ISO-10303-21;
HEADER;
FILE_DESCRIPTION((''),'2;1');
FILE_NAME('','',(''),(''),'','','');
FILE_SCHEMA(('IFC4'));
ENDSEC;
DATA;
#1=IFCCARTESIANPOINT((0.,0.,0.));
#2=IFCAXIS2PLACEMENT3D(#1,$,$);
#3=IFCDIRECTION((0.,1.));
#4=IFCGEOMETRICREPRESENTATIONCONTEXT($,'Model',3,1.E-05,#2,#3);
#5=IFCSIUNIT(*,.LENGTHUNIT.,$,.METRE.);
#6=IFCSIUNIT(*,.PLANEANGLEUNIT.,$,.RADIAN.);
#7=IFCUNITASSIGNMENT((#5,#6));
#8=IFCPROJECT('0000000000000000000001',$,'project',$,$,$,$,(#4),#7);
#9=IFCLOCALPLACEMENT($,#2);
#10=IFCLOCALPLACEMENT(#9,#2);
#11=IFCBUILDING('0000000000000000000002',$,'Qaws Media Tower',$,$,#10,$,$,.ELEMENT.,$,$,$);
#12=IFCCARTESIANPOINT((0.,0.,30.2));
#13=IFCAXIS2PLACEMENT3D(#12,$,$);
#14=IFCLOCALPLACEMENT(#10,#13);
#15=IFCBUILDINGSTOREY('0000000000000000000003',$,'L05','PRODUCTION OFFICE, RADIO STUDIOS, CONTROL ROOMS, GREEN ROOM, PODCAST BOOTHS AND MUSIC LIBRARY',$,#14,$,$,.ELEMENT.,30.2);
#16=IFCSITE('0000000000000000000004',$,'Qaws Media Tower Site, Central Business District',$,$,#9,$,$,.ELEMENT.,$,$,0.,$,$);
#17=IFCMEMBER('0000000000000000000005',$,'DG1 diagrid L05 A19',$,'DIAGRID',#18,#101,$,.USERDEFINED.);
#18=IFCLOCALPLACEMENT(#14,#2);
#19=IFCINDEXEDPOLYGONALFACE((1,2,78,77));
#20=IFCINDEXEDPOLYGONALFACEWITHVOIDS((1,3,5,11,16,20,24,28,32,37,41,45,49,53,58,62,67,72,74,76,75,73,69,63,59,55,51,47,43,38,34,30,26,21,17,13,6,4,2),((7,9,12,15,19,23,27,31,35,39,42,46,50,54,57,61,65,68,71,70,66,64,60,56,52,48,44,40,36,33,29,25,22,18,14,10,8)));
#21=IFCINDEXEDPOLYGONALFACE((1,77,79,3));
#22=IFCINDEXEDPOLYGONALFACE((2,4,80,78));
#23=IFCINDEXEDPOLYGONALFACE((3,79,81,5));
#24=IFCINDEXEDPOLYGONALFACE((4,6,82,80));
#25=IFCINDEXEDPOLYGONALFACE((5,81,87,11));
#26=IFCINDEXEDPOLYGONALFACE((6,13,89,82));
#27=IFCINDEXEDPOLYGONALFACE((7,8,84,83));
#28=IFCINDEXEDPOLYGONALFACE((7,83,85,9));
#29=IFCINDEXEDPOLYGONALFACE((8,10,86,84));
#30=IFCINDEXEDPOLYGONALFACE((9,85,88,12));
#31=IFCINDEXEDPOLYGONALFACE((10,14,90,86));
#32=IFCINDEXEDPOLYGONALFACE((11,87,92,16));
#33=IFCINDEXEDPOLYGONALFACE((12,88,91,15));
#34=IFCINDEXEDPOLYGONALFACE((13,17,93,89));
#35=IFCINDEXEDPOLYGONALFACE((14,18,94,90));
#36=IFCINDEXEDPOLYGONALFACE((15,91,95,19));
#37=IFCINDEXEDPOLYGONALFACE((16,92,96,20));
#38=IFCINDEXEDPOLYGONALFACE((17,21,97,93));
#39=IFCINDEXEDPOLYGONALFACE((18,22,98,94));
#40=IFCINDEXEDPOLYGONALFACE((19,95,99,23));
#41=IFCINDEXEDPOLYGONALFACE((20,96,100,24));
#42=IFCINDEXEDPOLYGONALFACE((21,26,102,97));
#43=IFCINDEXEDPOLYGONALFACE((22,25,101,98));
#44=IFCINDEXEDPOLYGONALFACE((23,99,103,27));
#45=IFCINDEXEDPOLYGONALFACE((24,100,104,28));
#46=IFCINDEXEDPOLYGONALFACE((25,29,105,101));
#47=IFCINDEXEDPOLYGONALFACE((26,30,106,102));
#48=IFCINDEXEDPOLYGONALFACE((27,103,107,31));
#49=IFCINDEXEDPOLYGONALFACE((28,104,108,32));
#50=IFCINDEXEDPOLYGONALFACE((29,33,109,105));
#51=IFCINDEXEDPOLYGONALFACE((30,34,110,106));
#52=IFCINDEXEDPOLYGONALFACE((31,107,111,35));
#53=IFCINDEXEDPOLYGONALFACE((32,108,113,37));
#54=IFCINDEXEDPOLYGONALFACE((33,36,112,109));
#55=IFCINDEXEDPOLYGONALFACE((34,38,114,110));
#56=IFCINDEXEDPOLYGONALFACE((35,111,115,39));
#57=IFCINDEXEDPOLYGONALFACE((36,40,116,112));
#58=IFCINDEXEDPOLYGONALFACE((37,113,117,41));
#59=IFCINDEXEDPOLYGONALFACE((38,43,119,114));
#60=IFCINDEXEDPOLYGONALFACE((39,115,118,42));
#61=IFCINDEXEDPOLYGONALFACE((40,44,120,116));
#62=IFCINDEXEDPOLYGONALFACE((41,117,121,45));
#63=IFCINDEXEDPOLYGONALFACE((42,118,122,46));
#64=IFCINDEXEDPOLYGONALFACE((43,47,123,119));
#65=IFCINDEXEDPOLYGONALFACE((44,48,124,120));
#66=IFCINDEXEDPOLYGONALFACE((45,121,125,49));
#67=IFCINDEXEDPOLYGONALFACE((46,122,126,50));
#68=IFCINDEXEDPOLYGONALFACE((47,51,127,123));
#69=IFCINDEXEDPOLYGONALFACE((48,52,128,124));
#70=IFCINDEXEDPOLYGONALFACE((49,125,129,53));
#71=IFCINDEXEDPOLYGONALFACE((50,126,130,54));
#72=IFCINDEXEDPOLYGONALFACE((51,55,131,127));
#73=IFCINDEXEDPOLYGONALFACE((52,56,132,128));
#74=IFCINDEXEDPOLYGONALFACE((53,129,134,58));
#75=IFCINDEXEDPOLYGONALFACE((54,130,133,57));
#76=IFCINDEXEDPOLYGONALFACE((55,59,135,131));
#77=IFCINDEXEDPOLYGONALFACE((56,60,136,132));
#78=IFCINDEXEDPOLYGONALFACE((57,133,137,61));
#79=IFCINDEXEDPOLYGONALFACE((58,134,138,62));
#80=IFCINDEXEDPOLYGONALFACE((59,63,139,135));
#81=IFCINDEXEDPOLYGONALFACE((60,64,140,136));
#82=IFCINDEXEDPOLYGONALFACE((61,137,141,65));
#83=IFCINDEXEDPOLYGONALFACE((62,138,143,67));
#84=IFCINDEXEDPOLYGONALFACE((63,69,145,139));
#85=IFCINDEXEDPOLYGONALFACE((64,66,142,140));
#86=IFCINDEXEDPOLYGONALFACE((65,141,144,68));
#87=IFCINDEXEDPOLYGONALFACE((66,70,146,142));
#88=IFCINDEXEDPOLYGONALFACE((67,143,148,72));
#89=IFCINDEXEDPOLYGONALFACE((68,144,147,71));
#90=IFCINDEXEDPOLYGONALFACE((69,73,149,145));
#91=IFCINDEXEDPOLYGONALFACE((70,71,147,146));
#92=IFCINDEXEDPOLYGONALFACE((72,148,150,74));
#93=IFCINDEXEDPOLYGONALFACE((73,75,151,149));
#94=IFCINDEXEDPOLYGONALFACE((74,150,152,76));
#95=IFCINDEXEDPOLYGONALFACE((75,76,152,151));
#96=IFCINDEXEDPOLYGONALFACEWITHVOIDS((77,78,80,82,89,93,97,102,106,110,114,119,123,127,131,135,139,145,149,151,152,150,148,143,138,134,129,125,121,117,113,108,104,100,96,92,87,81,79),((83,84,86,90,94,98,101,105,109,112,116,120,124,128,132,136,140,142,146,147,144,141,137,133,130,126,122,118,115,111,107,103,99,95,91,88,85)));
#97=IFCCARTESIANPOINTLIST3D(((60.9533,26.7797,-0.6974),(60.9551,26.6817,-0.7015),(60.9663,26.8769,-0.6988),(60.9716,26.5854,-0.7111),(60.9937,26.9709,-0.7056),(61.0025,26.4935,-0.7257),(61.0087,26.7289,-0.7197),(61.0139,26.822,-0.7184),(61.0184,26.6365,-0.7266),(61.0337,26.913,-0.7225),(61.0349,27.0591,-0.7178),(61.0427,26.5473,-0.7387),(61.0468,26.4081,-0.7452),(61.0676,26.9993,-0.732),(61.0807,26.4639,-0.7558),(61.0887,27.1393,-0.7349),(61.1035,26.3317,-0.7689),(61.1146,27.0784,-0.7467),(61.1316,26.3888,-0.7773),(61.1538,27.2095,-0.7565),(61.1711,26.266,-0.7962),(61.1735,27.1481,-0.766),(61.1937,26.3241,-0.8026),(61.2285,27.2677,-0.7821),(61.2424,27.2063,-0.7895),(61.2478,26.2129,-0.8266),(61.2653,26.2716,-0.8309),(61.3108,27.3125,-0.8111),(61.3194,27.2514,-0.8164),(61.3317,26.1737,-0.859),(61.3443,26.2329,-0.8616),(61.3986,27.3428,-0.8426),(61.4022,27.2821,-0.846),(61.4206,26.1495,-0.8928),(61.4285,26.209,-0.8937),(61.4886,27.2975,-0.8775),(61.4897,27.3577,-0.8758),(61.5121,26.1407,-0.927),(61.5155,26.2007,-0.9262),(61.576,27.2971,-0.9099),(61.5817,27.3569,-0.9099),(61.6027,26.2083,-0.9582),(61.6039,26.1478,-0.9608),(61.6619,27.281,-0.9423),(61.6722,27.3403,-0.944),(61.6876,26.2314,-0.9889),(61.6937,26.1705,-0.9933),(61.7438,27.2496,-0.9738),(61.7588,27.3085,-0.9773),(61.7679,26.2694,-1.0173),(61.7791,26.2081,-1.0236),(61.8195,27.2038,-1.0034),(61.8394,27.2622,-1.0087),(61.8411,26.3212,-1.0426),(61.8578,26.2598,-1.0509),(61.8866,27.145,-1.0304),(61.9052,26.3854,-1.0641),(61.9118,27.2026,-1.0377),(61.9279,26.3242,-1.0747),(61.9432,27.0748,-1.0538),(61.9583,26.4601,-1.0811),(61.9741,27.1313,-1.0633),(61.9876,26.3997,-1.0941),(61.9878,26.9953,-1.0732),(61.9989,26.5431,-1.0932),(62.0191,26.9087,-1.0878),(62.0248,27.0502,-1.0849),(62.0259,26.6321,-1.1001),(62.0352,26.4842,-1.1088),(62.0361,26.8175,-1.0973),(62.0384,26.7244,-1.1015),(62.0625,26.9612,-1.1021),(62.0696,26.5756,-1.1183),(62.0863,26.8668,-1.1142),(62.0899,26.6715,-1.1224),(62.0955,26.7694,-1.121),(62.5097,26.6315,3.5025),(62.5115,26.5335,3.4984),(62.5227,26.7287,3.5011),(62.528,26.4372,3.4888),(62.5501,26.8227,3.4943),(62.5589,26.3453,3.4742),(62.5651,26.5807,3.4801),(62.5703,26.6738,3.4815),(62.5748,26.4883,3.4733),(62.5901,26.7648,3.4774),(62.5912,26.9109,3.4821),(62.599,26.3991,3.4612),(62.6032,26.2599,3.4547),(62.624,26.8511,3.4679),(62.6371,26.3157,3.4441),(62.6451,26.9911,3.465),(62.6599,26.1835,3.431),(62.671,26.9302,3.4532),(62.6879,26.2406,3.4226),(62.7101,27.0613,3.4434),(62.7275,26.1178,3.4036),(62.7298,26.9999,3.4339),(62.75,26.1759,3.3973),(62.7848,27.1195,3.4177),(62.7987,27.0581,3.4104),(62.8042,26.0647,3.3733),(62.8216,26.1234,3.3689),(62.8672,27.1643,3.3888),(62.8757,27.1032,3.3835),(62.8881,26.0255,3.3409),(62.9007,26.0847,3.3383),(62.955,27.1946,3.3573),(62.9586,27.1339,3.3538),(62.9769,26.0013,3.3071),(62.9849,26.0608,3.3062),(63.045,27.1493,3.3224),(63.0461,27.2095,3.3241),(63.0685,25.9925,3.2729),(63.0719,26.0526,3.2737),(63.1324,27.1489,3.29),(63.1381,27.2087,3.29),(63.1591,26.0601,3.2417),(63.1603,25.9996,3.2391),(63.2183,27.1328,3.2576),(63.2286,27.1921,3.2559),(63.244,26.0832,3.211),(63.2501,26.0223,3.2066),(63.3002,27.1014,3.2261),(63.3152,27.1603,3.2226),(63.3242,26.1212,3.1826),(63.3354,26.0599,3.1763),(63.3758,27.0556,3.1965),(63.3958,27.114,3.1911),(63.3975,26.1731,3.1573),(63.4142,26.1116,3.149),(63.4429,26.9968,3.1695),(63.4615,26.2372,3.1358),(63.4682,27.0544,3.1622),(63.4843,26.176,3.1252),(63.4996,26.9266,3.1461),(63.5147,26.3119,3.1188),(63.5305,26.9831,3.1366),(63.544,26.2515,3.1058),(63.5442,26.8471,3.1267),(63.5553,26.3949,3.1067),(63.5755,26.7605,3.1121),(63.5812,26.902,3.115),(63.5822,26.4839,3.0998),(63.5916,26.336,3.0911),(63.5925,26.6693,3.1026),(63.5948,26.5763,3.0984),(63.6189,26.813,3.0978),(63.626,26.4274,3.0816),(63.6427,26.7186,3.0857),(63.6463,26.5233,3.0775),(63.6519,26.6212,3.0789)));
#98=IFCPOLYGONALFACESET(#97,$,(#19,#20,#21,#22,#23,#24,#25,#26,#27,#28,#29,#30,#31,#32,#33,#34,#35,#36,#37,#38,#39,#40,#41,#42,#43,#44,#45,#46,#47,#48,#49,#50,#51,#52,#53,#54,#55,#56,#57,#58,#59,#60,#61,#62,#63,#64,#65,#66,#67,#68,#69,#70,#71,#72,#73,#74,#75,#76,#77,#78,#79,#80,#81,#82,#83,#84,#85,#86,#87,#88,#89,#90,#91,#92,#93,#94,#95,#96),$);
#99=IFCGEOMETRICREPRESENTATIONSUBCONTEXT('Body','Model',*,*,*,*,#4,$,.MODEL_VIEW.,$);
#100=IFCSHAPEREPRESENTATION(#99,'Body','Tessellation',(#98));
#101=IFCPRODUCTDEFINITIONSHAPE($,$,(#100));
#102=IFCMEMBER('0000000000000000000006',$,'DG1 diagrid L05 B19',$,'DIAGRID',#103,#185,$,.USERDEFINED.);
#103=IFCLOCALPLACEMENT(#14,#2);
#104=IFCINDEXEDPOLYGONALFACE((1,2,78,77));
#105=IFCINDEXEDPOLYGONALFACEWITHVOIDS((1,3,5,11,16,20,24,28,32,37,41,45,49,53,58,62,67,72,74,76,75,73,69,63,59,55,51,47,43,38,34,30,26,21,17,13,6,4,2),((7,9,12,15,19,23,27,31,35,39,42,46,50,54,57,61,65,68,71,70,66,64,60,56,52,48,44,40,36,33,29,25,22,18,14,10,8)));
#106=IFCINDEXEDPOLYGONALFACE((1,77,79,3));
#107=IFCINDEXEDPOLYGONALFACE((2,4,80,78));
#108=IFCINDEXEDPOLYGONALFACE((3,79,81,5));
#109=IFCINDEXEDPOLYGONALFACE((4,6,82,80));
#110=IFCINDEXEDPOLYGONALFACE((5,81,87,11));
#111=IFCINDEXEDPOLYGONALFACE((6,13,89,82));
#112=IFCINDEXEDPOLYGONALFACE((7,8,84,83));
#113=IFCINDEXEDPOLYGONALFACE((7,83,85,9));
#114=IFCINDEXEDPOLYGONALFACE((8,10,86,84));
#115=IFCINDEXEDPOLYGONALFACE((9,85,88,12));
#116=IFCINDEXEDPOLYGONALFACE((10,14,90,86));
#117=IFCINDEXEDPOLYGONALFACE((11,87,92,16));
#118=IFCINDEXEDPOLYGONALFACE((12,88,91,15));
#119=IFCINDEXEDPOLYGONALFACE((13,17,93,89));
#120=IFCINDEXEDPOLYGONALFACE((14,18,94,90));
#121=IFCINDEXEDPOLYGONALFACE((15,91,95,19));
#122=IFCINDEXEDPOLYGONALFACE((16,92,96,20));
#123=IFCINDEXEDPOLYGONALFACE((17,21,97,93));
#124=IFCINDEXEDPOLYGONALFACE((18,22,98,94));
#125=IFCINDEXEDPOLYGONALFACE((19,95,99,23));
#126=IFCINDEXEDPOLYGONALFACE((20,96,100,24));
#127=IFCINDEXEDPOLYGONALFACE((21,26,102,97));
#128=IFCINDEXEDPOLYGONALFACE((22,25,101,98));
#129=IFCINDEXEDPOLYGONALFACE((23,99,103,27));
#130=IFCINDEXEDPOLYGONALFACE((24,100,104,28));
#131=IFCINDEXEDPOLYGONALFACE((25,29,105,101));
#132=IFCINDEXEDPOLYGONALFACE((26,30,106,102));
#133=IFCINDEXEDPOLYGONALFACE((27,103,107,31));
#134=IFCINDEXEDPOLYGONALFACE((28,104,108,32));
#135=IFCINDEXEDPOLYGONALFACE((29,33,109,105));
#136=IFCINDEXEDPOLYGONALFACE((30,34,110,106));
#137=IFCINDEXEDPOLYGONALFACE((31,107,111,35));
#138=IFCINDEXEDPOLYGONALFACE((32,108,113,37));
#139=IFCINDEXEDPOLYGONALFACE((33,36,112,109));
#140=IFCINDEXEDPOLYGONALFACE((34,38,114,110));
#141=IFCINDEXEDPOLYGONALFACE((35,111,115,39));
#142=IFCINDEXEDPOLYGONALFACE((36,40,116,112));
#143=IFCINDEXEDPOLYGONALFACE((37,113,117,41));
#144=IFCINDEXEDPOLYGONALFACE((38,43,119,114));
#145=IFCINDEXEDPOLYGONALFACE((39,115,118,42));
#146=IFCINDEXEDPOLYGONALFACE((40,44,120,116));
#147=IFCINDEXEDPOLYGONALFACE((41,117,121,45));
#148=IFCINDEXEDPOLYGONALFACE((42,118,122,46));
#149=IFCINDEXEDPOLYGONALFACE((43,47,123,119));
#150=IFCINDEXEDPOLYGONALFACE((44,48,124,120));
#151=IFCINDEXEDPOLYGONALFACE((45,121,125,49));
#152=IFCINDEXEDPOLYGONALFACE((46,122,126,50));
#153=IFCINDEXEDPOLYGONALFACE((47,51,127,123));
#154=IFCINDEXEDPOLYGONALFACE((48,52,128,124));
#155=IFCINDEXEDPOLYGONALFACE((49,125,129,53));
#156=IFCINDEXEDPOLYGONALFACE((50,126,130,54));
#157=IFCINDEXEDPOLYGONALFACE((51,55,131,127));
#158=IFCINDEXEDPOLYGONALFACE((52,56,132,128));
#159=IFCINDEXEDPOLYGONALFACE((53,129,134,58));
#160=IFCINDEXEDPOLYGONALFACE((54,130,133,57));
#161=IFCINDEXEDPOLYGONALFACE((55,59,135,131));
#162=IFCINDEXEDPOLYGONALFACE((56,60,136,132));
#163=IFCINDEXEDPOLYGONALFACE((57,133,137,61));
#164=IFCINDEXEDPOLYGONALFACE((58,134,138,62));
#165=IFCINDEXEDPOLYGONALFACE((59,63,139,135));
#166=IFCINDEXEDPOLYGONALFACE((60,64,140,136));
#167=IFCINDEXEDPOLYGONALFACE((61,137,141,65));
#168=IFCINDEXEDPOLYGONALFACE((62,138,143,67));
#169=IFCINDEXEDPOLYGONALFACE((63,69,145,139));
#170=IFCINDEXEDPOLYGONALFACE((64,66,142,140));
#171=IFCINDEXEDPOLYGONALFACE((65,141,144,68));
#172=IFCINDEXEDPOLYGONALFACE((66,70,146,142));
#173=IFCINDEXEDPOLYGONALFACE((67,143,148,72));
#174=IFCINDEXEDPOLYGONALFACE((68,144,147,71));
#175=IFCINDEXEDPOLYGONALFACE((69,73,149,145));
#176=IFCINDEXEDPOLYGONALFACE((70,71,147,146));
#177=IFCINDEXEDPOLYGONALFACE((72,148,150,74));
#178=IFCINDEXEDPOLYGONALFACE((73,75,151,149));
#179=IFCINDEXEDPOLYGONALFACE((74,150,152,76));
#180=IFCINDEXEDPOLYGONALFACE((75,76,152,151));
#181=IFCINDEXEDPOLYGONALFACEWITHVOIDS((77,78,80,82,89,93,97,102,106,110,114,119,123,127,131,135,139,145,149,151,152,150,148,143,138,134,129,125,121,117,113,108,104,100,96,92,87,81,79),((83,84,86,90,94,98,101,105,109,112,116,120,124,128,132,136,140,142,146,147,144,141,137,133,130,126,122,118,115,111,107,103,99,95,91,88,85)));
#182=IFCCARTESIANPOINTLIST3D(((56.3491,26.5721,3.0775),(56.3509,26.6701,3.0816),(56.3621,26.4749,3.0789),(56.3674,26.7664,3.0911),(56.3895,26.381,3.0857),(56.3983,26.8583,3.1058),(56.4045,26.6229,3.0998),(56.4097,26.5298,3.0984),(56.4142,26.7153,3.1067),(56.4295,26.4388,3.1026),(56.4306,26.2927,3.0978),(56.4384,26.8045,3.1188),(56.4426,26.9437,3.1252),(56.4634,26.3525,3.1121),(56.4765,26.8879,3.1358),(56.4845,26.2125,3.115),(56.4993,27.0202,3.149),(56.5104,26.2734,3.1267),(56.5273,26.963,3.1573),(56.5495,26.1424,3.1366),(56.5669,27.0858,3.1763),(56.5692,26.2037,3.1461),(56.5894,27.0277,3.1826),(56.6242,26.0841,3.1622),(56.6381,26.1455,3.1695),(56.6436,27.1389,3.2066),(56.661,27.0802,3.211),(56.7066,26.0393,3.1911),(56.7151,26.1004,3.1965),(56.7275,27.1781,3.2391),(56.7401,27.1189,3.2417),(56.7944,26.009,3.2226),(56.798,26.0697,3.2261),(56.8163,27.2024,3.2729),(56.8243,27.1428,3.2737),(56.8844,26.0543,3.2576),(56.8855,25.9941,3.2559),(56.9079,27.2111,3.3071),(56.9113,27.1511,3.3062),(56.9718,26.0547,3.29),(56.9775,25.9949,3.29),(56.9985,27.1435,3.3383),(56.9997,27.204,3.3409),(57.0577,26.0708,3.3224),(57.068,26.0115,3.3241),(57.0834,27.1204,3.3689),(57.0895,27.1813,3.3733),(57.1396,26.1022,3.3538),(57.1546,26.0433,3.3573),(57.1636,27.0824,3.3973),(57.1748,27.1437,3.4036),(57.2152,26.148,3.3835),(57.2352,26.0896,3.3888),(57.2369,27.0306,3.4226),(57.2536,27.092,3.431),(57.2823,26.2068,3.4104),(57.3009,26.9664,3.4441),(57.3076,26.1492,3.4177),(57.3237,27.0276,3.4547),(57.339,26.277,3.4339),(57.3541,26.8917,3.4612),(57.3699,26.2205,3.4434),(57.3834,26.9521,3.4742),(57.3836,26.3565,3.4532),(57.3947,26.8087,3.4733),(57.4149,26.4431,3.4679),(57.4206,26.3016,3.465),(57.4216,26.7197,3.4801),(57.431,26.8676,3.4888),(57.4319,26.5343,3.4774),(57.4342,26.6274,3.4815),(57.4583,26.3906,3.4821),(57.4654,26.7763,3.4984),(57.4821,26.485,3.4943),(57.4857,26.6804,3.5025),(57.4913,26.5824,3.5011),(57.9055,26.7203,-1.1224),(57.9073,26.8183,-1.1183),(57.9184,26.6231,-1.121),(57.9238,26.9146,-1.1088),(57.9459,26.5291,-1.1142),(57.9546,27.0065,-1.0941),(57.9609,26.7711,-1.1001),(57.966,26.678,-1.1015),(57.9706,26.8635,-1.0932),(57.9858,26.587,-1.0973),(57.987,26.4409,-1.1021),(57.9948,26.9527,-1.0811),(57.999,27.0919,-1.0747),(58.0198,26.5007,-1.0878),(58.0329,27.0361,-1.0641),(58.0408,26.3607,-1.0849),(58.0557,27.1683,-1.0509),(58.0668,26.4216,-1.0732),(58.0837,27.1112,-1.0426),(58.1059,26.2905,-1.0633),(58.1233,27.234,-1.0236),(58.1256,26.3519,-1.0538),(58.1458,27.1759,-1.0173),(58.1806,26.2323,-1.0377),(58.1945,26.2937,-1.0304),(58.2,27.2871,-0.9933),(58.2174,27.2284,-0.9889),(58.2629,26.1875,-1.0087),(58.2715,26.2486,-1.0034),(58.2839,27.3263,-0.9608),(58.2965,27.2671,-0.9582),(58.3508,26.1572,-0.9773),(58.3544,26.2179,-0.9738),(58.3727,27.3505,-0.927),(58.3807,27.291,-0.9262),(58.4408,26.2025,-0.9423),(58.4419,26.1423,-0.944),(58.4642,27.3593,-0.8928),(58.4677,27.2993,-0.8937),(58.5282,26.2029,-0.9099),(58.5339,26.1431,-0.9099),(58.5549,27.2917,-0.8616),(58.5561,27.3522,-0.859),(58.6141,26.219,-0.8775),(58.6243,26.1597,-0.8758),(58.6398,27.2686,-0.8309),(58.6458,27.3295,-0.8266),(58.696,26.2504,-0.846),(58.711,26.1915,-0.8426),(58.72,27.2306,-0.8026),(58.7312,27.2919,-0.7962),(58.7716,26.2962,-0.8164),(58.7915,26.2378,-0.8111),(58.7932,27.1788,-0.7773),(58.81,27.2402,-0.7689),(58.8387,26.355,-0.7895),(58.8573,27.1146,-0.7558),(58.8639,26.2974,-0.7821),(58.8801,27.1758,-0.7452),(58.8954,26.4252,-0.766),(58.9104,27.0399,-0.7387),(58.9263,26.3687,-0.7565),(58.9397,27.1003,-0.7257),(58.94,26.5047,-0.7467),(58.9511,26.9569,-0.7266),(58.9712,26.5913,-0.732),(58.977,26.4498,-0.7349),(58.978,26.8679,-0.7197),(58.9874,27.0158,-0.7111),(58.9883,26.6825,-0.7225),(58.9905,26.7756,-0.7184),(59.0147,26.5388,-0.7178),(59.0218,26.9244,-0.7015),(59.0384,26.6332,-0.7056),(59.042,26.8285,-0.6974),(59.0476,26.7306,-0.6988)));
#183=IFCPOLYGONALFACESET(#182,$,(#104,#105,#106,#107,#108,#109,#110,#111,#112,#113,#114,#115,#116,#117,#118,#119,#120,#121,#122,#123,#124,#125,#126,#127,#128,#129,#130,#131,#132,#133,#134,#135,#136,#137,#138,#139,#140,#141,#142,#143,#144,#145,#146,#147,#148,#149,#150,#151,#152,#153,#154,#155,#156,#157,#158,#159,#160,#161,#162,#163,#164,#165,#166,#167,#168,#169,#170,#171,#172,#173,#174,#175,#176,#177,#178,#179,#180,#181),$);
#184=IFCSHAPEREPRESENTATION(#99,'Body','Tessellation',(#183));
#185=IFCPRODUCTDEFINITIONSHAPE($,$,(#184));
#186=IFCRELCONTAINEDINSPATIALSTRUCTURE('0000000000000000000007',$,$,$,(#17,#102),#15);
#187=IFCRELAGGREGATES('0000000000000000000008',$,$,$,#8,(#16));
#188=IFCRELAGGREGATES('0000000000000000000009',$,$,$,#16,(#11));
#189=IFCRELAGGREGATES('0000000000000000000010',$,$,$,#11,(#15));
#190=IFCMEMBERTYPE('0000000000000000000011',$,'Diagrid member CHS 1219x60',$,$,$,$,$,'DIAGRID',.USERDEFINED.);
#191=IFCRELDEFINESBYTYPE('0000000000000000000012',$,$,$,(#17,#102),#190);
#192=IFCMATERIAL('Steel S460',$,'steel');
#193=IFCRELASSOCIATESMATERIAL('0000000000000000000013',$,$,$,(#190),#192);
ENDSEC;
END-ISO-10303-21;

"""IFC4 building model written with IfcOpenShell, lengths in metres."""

from ifc_helpers import new_model, si_unit, direction, frame, origin, origin_2d, place, context, subcontext, project, spatial, hollow_circle, extrude, material, material_profile, profile_set, type_object, element, save


model = new_model("IFC4")

# Units and contexts
model_context = context("Model", 3, precision=1e-05, world=origin(), true_north=direction((0.0, 1.0)))
body_context = subcontext(model_context, "Body", "Model", "MODEL_VIEW")
ifc_project = project(units=[si_unit("LENGTHUNIT", "METRE"), si_unit("PLANEANGLEUNIT", "RADIAN")], contexts=[model_context])

# Site, building, storey
site_placement = place(None, origin())
site = spatial("IfcSite", under=ifc_project, at=site_placement, Name="Qaws Media Tower Site, Central Business District", CompositionType="ELEMENT", RefElevation=0.0)
building_placement = place(site_placement, origin())
building = spatial("IfcBuilding", under=site, at=building_placement, Name="Qaws Media Tower", CompositionType="ELEMENT")
storey_placement = place(building_placement, frame((0.0, 0.0, 30.2)))
storey = spatial("IfcBuildingStorey", under=building, at=storey_placement, Name="L05", Description="PRODUCTION OFFICE, RADIO STUDIOS, CONTROL ROOMS, GREEN ROOM, PODCAST BOOTHS AND MUSIC LIBRARY", CompositionType="ELEMENT", Elevation=30.2)

# Members
ifc_material_1 = material(Name="Steel S460", Category="steel")
ifc_material_profile_1 = material_profile(ifc_material_1, hollow_circle(Radius=0.6096, WallThickness=0.0601, at=origin_2d()), Name="CHS 1219x60")
ifc_profile_set_1 = profile_set([ifc_material_profile_1], Name="Steel S460")
member_type_1 = type_object("IfcMemberType", Name="Diagrid member CHS 1219x60", ElementType="DIAGRID", PredefinedType="USERDEFINED", material=ifc_profile_set_1)
for number, where, z_axis, x_axis, name in (
    (1, (61.5239, 26.75, -0.9099), (0.347293, -0.033068, 0.937173), (0.094787, 0.995498, 0.0), "DG1 diagrid L05 A19"),
    (2, (58.4761, 26.75, -0.9099), (-0.347293, -0.033068, 0.937173), (0.094787, -0.995498, 0.0), "DG1 diagrid L05 B19"),
):
    element("IfcMember", number, at=place(storey_placement, frame(where, z_axis=z_axis, x_axis=x_axis)), inside=storey, type_object=member_type_1, Name=name, ObjectType="DIAGRID", PredefinedType="USERDEFINED", context=body_context, shape_type="SweptSolid", body=[
        extrude(hollow_circle(Radius=0.6096, WallThickness=0.0601, at=origin_2d()), origin(), (0.0, 0.0, 1.0), 4.4814),
    ])

save(model, "model.ifc")
